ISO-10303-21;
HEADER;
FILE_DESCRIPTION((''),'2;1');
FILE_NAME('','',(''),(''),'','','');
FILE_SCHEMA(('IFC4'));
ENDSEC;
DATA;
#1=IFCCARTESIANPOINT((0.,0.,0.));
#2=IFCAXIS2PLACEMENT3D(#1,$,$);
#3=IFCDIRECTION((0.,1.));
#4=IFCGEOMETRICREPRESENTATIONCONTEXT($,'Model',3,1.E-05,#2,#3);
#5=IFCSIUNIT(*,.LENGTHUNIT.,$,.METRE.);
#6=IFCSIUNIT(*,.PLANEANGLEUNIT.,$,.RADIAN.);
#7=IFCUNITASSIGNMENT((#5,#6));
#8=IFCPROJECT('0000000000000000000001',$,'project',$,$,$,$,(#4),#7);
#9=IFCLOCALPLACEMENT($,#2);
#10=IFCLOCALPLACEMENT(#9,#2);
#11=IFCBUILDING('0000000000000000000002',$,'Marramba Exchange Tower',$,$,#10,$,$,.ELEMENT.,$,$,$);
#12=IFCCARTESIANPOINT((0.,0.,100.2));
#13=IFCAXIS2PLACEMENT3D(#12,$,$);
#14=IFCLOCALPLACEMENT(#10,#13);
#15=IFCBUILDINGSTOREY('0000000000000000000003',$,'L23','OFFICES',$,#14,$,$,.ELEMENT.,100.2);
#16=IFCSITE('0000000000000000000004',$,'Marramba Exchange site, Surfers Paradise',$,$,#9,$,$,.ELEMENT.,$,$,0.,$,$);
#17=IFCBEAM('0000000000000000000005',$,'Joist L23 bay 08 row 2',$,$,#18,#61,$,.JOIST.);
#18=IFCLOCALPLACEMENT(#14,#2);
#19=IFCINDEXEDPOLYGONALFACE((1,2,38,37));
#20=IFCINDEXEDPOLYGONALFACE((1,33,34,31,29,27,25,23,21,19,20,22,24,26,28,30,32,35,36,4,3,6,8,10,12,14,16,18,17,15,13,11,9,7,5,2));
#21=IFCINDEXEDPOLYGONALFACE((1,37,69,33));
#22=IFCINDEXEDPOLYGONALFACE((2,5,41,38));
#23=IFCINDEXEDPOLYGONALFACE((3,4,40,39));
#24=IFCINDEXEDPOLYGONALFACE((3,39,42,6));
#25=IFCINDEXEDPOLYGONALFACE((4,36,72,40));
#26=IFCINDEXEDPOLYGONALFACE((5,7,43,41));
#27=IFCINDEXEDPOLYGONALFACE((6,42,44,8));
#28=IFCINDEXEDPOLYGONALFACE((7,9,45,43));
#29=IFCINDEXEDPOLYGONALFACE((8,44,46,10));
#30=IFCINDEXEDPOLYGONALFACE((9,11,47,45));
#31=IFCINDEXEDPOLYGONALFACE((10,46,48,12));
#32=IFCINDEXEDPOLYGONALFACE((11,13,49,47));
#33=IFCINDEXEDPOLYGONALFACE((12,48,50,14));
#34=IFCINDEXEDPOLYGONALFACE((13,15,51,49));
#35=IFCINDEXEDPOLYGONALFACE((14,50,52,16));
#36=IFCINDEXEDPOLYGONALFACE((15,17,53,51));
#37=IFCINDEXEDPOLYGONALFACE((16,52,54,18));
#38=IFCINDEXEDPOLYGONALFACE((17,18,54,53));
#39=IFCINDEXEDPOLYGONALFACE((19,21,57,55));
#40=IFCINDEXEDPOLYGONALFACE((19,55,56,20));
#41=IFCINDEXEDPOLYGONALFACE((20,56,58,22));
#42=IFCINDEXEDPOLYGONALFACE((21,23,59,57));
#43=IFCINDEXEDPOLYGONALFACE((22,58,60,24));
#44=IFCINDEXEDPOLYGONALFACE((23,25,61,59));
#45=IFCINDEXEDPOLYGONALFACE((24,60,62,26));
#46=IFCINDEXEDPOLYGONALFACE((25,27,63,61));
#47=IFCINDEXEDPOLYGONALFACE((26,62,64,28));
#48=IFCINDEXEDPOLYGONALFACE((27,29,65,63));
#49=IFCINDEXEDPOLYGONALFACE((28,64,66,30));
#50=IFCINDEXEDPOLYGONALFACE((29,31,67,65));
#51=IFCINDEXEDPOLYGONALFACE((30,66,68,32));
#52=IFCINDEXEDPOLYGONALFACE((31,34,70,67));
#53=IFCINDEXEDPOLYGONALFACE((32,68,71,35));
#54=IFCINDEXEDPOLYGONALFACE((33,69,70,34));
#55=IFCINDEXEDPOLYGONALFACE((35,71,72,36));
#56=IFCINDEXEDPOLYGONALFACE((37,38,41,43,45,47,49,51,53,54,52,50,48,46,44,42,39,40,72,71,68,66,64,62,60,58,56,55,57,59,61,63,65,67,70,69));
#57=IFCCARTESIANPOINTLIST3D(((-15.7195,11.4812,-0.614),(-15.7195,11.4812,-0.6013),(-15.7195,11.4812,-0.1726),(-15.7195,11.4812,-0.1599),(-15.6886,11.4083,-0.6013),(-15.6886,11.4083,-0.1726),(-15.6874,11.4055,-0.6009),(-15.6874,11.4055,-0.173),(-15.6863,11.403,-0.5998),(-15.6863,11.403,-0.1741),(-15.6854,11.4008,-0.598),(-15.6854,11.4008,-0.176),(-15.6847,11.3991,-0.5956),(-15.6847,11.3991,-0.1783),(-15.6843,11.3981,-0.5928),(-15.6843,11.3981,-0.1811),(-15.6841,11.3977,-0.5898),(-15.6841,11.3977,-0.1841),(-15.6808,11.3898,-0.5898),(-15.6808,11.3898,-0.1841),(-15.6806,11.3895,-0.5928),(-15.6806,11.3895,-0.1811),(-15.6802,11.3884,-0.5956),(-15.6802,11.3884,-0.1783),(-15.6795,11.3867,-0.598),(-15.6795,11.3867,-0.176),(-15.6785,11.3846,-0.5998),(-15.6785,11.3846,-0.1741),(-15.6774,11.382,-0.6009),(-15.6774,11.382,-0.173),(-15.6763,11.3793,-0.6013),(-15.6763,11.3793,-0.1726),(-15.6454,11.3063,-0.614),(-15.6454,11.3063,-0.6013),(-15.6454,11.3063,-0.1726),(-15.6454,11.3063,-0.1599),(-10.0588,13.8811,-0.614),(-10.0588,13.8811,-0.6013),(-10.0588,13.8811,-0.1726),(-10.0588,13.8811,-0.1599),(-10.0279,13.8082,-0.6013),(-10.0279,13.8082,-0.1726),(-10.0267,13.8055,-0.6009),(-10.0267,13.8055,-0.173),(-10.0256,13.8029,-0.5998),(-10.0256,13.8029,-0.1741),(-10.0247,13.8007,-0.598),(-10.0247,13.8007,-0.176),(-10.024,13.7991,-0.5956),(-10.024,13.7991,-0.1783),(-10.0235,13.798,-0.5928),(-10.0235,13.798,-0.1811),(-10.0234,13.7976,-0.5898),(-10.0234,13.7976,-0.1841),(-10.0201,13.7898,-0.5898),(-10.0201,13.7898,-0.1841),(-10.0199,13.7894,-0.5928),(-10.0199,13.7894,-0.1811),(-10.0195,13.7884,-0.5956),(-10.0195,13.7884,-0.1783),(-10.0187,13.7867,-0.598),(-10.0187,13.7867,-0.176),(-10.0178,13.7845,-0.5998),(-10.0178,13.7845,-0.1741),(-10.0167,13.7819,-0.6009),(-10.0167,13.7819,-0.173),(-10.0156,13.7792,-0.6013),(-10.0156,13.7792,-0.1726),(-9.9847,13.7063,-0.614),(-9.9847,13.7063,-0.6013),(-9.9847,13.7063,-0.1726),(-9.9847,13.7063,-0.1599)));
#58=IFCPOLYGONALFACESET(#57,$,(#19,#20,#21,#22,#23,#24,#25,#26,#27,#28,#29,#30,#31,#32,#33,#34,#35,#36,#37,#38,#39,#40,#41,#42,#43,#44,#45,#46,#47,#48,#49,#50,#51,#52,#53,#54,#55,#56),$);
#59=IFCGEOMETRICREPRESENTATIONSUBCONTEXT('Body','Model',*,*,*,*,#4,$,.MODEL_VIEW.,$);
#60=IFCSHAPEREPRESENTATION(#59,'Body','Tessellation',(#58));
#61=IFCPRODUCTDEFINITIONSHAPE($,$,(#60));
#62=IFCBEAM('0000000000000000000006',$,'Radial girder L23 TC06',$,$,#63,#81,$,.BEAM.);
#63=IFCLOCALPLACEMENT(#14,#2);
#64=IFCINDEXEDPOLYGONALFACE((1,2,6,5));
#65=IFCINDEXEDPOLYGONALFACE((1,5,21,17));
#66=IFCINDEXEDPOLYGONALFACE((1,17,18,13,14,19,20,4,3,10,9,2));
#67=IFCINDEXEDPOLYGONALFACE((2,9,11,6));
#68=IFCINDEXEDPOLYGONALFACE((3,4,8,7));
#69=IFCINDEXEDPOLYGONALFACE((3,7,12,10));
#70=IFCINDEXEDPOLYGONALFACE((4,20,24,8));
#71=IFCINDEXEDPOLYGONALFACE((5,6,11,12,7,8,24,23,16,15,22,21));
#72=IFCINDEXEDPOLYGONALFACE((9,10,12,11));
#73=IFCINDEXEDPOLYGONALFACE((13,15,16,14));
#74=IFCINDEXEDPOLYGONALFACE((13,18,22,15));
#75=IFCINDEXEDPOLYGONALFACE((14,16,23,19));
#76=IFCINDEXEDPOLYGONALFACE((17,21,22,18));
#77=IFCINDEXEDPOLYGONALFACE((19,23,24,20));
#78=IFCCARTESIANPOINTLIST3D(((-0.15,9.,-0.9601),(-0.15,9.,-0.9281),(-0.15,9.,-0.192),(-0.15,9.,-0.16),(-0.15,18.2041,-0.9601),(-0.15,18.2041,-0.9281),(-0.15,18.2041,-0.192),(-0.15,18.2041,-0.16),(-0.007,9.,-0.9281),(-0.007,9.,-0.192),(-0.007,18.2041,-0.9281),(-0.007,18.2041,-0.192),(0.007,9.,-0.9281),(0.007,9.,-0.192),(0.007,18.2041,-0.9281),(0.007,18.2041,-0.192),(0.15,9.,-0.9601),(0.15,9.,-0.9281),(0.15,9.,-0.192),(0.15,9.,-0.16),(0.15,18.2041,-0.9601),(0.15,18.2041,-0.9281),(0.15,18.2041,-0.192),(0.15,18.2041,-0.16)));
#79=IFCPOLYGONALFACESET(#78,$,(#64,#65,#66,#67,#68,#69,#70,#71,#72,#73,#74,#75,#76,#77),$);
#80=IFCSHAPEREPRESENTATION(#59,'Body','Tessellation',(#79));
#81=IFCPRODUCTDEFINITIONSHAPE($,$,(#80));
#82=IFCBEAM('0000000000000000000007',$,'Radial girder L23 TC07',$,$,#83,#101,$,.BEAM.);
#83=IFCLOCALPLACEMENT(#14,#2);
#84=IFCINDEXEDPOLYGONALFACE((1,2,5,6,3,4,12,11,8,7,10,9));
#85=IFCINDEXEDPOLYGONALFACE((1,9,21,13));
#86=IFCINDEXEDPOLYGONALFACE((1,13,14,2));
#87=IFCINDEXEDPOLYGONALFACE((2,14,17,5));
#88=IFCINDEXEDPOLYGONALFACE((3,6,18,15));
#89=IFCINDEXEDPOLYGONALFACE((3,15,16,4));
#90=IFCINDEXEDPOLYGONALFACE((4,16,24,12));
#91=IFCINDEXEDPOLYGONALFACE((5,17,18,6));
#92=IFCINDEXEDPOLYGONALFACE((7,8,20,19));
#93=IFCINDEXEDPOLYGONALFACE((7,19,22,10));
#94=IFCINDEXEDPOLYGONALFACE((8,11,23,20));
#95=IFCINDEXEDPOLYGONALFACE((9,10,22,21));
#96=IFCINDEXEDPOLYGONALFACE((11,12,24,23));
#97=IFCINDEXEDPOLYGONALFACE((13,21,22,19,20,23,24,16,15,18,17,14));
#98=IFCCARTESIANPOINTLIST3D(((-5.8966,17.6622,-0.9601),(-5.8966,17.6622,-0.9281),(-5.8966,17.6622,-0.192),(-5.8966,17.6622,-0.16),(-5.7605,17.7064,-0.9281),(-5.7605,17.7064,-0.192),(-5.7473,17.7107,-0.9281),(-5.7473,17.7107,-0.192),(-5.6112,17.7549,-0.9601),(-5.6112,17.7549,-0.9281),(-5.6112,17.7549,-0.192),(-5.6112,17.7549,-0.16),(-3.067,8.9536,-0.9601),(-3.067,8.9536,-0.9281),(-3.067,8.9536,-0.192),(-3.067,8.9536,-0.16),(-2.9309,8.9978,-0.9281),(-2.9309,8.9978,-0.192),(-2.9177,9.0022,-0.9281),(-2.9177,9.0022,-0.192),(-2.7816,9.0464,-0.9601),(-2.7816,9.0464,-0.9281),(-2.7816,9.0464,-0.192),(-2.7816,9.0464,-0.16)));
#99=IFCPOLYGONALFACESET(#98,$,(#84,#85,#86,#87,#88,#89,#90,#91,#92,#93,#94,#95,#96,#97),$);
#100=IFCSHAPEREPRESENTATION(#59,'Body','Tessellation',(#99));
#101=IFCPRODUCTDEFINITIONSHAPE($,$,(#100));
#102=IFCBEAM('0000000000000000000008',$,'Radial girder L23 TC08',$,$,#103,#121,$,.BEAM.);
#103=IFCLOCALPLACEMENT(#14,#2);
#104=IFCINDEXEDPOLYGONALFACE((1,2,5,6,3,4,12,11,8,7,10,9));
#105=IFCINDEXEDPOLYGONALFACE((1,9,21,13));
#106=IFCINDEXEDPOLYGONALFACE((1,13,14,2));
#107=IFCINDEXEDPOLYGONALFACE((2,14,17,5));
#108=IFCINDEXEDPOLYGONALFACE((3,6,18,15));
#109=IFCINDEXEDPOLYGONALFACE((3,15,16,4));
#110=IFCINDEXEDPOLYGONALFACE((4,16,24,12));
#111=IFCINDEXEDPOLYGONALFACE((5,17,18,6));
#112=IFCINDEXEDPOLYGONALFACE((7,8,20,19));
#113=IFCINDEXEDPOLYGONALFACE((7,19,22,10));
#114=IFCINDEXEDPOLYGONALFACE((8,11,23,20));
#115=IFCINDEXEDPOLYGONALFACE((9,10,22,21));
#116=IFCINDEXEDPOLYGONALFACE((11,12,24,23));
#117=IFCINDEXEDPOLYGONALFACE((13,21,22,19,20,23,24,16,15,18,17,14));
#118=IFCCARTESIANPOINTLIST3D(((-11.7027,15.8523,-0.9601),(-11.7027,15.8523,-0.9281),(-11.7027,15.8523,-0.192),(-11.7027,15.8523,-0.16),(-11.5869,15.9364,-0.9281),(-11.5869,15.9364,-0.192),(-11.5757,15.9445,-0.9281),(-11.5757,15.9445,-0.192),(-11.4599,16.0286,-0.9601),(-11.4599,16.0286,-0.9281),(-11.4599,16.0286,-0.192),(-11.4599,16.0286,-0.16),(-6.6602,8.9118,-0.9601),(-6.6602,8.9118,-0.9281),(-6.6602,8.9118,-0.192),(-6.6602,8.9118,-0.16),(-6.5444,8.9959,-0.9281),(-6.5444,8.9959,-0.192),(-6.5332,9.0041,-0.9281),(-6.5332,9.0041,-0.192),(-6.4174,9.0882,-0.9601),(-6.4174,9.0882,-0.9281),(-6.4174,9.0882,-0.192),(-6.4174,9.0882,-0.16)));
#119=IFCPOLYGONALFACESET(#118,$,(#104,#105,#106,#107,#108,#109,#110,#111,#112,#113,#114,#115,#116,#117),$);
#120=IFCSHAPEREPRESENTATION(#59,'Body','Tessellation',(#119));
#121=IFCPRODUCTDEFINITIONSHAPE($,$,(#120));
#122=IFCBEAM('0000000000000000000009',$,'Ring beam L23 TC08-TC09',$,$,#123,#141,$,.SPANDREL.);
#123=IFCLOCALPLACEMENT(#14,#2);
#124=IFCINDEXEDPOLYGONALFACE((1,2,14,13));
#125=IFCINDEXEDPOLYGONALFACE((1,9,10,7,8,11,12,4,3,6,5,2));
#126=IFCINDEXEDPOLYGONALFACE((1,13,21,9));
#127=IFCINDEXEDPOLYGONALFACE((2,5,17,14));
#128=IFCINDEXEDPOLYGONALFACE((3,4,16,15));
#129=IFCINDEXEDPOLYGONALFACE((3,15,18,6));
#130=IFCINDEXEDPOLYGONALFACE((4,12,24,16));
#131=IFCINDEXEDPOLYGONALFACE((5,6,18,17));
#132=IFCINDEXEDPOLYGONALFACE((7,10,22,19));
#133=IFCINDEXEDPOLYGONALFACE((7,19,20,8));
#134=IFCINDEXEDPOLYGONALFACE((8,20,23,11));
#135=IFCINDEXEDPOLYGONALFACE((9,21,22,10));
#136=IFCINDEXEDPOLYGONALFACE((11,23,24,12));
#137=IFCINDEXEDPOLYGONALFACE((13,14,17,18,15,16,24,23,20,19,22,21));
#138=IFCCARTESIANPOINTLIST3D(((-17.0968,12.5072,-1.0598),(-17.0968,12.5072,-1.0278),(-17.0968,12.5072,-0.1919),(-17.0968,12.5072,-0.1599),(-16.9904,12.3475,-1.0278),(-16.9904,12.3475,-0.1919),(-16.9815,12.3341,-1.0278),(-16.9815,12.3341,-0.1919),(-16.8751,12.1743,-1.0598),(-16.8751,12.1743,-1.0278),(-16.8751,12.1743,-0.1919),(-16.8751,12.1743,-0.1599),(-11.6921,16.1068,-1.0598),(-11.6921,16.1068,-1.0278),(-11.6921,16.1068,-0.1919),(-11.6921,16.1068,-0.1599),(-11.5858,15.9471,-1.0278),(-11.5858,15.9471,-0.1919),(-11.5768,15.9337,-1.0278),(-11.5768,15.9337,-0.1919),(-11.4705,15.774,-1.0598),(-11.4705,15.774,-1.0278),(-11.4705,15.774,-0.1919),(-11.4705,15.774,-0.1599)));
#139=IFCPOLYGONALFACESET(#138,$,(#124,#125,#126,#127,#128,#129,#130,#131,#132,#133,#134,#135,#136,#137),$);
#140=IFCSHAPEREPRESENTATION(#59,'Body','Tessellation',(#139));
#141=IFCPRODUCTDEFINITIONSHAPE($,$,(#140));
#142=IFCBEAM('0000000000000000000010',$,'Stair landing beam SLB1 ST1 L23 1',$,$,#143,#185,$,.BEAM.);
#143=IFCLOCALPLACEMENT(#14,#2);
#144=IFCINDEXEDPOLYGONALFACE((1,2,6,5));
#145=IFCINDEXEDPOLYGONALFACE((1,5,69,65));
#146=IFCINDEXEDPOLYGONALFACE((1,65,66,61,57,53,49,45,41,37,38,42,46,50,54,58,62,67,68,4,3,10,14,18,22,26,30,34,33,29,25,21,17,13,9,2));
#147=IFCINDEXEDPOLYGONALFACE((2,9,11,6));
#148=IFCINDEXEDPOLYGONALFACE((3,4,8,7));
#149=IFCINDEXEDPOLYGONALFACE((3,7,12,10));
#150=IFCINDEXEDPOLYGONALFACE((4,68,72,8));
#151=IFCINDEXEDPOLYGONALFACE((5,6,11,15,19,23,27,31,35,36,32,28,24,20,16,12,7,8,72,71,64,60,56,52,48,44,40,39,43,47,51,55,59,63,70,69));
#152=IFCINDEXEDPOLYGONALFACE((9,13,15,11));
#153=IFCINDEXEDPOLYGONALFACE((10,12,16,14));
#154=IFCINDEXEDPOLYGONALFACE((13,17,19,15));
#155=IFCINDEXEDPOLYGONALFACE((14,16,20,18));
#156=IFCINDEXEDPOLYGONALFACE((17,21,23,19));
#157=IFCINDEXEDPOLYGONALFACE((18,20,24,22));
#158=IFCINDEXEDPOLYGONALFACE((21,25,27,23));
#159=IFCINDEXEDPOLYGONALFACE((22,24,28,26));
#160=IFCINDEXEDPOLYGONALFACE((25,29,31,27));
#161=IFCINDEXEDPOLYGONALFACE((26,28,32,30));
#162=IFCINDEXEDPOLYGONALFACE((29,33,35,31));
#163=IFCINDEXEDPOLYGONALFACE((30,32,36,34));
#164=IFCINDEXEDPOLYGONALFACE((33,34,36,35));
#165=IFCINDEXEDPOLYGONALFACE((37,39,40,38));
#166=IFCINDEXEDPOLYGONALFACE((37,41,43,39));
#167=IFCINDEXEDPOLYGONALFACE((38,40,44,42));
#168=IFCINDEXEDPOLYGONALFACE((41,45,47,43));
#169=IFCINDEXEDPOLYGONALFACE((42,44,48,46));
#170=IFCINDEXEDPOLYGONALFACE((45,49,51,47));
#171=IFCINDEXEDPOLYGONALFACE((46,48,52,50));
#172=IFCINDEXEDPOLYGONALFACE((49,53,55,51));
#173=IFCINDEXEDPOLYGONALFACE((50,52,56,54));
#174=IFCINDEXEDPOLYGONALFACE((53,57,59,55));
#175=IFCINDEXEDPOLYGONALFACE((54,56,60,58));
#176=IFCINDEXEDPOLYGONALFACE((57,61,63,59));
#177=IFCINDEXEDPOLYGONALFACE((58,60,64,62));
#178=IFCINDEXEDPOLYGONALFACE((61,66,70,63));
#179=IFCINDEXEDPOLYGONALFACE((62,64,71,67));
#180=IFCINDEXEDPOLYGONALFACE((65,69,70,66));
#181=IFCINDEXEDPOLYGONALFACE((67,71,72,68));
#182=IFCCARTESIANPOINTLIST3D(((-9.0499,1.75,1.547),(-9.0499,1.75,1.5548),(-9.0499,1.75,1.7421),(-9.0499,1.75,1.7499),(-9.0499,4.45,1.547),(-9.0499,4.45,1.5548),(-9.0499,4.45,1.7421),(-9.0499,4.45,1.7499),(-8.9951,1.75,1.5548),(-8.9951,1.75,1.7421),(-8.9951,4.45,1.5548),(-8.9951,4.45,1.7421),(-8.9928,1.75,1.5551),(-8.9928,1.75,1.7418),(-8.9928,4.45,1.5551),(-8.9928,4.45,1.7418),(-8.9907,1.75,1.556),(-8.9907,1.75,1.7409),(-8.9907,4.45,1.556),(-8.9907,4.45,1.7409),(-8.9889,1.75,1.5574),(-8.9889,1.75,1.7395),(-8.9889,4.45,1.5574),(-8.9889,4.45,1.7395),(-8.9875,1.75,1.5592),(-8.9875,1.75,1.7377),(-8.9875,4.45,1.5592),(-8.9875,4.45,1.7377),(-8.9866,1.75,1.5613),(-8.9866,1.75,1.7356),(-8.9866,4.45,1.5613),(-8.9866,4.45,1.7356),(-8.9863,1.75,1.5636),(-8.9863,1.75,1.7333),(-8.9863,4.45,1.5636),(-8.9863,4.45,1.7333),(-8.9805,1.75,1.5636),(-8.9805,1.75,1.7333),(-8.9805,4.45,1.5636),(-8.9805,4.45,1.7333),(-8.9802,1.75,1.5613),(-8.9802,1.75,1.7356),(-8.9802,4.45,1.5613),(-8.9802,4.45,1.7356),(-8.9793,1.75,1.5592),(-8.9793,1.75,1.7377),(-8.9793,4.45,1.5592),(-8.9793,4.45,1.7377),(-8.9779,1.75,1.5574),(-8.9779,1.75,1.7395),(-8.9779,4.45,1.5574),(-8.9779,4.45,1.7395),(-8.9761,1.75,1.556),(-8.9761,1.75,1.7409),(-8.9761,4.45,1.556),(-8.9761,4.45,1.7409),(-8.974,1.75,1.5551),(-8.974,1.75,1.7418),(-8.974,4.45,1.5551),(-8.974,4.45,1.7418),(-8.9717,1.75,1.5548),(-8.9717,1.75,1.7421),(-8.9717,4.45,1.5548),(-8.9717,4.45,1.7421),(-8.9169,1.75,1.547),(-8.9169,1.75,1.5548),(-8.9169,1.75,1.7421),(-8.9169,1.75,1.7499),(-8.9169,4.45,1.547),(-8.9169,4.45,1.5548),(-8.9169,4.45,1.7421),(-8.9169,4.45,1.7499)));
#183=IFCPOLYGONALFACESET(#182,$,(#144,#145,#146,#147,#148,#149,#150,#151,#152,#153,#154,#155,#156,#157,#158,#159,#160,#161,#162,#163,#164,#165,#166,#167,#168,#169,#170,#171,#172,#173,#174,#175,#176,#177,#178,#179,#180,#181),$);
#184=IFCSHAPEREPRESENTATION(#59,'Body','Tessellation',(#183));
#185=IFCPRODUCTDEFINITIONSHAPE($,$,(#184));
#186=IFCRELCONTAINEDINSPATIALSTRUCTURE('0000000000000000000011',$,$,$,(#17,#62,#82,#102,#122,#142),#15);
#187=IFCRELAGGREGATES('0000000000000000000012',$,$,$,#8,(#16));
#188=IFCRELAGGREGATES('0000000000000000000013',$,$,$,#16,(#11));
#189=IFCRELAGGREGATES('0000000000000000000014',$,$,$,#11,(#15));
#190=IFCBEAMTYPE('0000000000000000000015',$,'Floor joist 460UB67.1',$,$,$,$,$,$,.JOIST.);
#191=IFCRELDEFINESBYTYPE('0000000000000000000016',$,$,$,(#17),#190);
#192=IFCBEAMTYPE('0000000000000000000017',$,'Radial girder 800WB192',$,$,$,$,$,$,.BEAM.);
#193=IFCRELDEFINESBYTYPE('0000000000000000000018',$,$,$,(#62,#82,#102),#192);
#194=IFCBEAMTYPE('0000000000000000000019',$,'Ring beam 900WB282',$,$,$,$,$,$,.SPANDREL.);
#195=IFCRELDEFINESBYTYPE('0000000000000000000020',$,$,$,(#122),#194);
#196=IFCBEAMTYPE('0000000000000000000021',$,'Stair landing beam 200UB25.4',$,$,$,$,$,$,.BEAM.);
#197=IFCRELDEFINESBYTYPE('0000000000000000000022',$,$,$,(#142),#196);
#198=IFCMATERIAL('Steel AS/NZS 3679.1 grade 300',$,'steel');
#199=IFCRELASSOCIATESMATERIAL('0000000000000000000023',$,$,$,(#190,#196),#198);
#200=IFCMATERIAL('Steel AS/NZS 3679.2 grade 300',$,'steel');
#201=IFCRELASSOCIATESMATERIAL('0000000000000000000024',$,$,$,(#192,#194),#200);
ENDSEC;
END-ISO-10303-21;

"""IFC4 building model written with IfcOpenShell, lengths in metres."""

from ifc_helpers import new_model, si_unit, direction, frame, origin, origin_2d, place, context, subcontext, project, spatial, i_section, extrude, material, material_profile, profile_set, type_object, element, save


model = new_model("IFC4")

# Units and contexts
model_context = context("Model", 3, precision=1e-05, world=origin(), true_north=direction((0.0, 1.0)))
body_context = subcontext(model_context, "Body", "Model", "MODEL_VIEW")
ifc_project = project(units=[si_unit("LENGTHUNIT", "METRE"), si_unit("PLANEANGLEUNIT", "RADIAN")], contexts=[model_context])

# Site, building, storey
site_placement = place(None, origin())
site = spatial("IfcSite", under=ifc_project, at=site_placement, Name="Marramba Exchange site, Surfers Paradise", CompositionType="ELEMENT", RefElevation=0.0)
building_placement = place(site_placement, origin())
building = spatial("IfcBuilding", under=site, at=building_placement, Name="Marramba Exchange Tower", CompositionType="ELEMENT")
storey_placement = place(building_placement, frame((0.0, 0.0, 100.2)))
storey = spatial("IfcBuildingStorey", under=building, at=storey_placement, Name="L23", Description="OFFICES", CompositionType="ELEMENT", Elevation=100.2)

# Beams
ifc_material_1 = material(Name="Steel AS/NZS 3679.1 grade 300", Category="steel")
ifc_material_profile_1 = material_profile(ifc_material_1, i_section(OverallWidth=0.1899, OverallDepth=0.4541, WebThickness=0.0085, FlangeThickness=0.0127, FilletRadius=0.0115, at=origin_2d()), Name="460UB67.1")
ifc_profile_set_1 = profile_set([ifc_material_profile_1], Name="Steel AS/NZS 3679.1 grade 300")
beam_type_1 = type_object("IfcBeamType", Name="Floor joist 460UB67.1", PredefinedType="JOIST", material=ifc_profile_set_1)
beam_1_placement = place(storey_placement, frame((-10.0217, 13.7937, -0.387), z_axis=(-0.920674, -0.390332, 0.0), x_axis=(0.390332, -0.920674, 0.0)))
element("IfcBeam", 1, at=beam_1_placement, inside=storey, type_object=beam_type_1, Name="Joist L23 bay 08 row 2", PredefinedType="JOIST", context=body_context, shape_type="SweptSolid", body=[
    extrude(i_section(OverallWidth=0.1899, OverallDepth=0.4541, WebThickness=0.0085, FlangeThickness=0.0127, FilletRadius=0.0115, at=origin_2d()), origin(), (0.0, 0.0, 1.0), 6.1484),
])
ifc_material_2 = material(Name="Steel AS/NZS 3679.2 grade 300", Category="steel")
ifc_material_profile_2 = material_profile(ifc_material_2, i_section(OverallWidth=0.3, OverallDepth=0.8, WebThickness=0.0139, FlangeThickness=0.032, at=origin_2d()), Name="800WB192")
ifc_profile_set_2 = profile_set([ifc_material_profile_2], Name="Steel AS/NZS 3679.2 grade 300")
beam_type_2 = type_object("IfcBeamType", Name="Radial girder 800WB192", PredefinedType="BEAM", material=ifc_profile_set_2)
beam_2_placement = place(storey_placement, frame((0.0, 9.0, -0.5601), z_axis=(0.0, 1.0, 0.0), x_axis=(-1.0, 0.0, 0.0)))
element("IfcBeam", 2, at=beam_2_placement, inside=storey, type_object=beam_type_2, Name="Radial girder L23 TC06", PredefinedType="BEAM", context=body_context, shape_type="SweptSolid", body=[
    extrude(i_section(OverallWidth=0.3, OverallDepth=0.8, WebThickness=0.0139, FlangeThickness=0.032, at=origin_2d()), origin(), (0.0, 0.0, 1.0), 9.2041),
])
beam_3_placement = place(storey_placement, frame((-2.9243, 9.0, -0.5601), z_axis=(-0.30902, 0.951056, 0.0), x_axis=(-0.951056, -0.30902, 0.0)))
element("IfcBeam", 3, at=beam_3_placement, inside=storey, type_object=beam_type_2, Name="Radial girder L23 TC07", PredefinedType="BEAM", context=body_context, shape_type="SweptSolid", body=[
    extrude(i_section(OverallWidth=0.3, OverallDepth=0.8, WebThickness=0.0139, FlangeThickness=0.032, at=origin_2d()), origin(), (0.0, 0.0, 1.0), 9.1567),
])
beam_4_placement = place(storey_placement, frame((-6.5388, 9.0, -0.5601), z_axis=(-0.587782, 0.809019, 0.0), x_axis=(-0.809019, -0.587782, 0.0)))
element("IfcBeam", 4, at=beam_4_placement, inside=storey, type_object=beam_type_2, Name="Radial girder L23 TC08", PredefinedType="BEAM", context=body_context, shape_type="SweptSolid", body=[
    extrude(i_section(OverallWidth=0.3, OverallDepth=0.8, WebThickness=0.0139, FlangeThickness=0.032, at=origin_2d()), origin(), (0.0, 0.0, 1.0), 8.5789),
])
ifc_material_profile_3 = material_profile(ifc_material_2, i_section(OverallWidth=0.3999, OverallDepth=0.8999, WebThickness=0.0161, FlangeThickness=0.032, at=origin_2d()), Name="900WB282")
ifc_profile_set_3 = profile_set([ifc_material_profile_3], Name="Steel AS/NZS 3679.2 grade 300")
beam_type_3 = type_object("IfcBeamType", Name="Ring beam 900WB282", PredefinedType="SPANDREL", material=ifc_profile_set_3)
beam_5_placement = place(storey_placement, frame((-11.5813, 15.9404, -0.6099), z_axis=(-0.832293, -0.554336, 0.0), x_axis=(0.554336, -0.832293, 0.0)))
element("IfcBeam", 5, at=beam_5_placement, inside=storey, type_object=beam_type_3, Name="Ring beam L23 TC08-TC09", PredefinedType="SPANDREL", context=body_context, shape_type="SweptSolid", body=[
    extrude(i_section(OverallWidth=0.3999, OverallDepth=0.8999, WebThickness=0.0161, FlangeThickness=0.032, at=origin_2d()), origin(), (0.0, 0.0, 1.0), 6.4937),
])
ifc_material_profile_4 = material_profile(ifc_material_1, i_section(OverallWidth=0.1331, OverallDepth=0.2029, WebThickness=0.0059, FlangeThickness=0.0078, FilletRadius=0.0088, at=origin_2d()), Name="200UB25.4")
ifc_profile_set_4 = profile_set([ifc_material_profile_4], Name="Steel AS/NZS 3679.1 grade 300")
beam_type_4 = type_object("IfcBeamType", Name="Stair landing beam 200UB25.4", PredefinedType="BEAM", material=ifc_profile_set_4)
for number, where, z_axis, x_axis, name in (
    (6, (-8.9834, 1.75, 1.6484), (0.0, 1.0, 0.0), (-1.0, 0.0, 0.0), "Stair landing beam SLB1 ST1 L23 1"),
):
    element("IfcBeam", number, at=place(storey_placement, frame(where, z_axis=z_axis, x_axis=x_axis)), inside=storey, type_object=beam_type_4, Name=name, PredefinedType="BEAM", context=body_context, shape_type="SweptSolid", body=[
        extrude(i_section(OverallWidth=0.1331, OverallDepth=0.2029, WebThickness=0.0059, FlangeThickness=0.0078, FilletRadius=0.0088, at=origin_2d()), origin(), (0.0, 0.0, 1.0), 2.7),
    ])

save(model, "model.ifc")
